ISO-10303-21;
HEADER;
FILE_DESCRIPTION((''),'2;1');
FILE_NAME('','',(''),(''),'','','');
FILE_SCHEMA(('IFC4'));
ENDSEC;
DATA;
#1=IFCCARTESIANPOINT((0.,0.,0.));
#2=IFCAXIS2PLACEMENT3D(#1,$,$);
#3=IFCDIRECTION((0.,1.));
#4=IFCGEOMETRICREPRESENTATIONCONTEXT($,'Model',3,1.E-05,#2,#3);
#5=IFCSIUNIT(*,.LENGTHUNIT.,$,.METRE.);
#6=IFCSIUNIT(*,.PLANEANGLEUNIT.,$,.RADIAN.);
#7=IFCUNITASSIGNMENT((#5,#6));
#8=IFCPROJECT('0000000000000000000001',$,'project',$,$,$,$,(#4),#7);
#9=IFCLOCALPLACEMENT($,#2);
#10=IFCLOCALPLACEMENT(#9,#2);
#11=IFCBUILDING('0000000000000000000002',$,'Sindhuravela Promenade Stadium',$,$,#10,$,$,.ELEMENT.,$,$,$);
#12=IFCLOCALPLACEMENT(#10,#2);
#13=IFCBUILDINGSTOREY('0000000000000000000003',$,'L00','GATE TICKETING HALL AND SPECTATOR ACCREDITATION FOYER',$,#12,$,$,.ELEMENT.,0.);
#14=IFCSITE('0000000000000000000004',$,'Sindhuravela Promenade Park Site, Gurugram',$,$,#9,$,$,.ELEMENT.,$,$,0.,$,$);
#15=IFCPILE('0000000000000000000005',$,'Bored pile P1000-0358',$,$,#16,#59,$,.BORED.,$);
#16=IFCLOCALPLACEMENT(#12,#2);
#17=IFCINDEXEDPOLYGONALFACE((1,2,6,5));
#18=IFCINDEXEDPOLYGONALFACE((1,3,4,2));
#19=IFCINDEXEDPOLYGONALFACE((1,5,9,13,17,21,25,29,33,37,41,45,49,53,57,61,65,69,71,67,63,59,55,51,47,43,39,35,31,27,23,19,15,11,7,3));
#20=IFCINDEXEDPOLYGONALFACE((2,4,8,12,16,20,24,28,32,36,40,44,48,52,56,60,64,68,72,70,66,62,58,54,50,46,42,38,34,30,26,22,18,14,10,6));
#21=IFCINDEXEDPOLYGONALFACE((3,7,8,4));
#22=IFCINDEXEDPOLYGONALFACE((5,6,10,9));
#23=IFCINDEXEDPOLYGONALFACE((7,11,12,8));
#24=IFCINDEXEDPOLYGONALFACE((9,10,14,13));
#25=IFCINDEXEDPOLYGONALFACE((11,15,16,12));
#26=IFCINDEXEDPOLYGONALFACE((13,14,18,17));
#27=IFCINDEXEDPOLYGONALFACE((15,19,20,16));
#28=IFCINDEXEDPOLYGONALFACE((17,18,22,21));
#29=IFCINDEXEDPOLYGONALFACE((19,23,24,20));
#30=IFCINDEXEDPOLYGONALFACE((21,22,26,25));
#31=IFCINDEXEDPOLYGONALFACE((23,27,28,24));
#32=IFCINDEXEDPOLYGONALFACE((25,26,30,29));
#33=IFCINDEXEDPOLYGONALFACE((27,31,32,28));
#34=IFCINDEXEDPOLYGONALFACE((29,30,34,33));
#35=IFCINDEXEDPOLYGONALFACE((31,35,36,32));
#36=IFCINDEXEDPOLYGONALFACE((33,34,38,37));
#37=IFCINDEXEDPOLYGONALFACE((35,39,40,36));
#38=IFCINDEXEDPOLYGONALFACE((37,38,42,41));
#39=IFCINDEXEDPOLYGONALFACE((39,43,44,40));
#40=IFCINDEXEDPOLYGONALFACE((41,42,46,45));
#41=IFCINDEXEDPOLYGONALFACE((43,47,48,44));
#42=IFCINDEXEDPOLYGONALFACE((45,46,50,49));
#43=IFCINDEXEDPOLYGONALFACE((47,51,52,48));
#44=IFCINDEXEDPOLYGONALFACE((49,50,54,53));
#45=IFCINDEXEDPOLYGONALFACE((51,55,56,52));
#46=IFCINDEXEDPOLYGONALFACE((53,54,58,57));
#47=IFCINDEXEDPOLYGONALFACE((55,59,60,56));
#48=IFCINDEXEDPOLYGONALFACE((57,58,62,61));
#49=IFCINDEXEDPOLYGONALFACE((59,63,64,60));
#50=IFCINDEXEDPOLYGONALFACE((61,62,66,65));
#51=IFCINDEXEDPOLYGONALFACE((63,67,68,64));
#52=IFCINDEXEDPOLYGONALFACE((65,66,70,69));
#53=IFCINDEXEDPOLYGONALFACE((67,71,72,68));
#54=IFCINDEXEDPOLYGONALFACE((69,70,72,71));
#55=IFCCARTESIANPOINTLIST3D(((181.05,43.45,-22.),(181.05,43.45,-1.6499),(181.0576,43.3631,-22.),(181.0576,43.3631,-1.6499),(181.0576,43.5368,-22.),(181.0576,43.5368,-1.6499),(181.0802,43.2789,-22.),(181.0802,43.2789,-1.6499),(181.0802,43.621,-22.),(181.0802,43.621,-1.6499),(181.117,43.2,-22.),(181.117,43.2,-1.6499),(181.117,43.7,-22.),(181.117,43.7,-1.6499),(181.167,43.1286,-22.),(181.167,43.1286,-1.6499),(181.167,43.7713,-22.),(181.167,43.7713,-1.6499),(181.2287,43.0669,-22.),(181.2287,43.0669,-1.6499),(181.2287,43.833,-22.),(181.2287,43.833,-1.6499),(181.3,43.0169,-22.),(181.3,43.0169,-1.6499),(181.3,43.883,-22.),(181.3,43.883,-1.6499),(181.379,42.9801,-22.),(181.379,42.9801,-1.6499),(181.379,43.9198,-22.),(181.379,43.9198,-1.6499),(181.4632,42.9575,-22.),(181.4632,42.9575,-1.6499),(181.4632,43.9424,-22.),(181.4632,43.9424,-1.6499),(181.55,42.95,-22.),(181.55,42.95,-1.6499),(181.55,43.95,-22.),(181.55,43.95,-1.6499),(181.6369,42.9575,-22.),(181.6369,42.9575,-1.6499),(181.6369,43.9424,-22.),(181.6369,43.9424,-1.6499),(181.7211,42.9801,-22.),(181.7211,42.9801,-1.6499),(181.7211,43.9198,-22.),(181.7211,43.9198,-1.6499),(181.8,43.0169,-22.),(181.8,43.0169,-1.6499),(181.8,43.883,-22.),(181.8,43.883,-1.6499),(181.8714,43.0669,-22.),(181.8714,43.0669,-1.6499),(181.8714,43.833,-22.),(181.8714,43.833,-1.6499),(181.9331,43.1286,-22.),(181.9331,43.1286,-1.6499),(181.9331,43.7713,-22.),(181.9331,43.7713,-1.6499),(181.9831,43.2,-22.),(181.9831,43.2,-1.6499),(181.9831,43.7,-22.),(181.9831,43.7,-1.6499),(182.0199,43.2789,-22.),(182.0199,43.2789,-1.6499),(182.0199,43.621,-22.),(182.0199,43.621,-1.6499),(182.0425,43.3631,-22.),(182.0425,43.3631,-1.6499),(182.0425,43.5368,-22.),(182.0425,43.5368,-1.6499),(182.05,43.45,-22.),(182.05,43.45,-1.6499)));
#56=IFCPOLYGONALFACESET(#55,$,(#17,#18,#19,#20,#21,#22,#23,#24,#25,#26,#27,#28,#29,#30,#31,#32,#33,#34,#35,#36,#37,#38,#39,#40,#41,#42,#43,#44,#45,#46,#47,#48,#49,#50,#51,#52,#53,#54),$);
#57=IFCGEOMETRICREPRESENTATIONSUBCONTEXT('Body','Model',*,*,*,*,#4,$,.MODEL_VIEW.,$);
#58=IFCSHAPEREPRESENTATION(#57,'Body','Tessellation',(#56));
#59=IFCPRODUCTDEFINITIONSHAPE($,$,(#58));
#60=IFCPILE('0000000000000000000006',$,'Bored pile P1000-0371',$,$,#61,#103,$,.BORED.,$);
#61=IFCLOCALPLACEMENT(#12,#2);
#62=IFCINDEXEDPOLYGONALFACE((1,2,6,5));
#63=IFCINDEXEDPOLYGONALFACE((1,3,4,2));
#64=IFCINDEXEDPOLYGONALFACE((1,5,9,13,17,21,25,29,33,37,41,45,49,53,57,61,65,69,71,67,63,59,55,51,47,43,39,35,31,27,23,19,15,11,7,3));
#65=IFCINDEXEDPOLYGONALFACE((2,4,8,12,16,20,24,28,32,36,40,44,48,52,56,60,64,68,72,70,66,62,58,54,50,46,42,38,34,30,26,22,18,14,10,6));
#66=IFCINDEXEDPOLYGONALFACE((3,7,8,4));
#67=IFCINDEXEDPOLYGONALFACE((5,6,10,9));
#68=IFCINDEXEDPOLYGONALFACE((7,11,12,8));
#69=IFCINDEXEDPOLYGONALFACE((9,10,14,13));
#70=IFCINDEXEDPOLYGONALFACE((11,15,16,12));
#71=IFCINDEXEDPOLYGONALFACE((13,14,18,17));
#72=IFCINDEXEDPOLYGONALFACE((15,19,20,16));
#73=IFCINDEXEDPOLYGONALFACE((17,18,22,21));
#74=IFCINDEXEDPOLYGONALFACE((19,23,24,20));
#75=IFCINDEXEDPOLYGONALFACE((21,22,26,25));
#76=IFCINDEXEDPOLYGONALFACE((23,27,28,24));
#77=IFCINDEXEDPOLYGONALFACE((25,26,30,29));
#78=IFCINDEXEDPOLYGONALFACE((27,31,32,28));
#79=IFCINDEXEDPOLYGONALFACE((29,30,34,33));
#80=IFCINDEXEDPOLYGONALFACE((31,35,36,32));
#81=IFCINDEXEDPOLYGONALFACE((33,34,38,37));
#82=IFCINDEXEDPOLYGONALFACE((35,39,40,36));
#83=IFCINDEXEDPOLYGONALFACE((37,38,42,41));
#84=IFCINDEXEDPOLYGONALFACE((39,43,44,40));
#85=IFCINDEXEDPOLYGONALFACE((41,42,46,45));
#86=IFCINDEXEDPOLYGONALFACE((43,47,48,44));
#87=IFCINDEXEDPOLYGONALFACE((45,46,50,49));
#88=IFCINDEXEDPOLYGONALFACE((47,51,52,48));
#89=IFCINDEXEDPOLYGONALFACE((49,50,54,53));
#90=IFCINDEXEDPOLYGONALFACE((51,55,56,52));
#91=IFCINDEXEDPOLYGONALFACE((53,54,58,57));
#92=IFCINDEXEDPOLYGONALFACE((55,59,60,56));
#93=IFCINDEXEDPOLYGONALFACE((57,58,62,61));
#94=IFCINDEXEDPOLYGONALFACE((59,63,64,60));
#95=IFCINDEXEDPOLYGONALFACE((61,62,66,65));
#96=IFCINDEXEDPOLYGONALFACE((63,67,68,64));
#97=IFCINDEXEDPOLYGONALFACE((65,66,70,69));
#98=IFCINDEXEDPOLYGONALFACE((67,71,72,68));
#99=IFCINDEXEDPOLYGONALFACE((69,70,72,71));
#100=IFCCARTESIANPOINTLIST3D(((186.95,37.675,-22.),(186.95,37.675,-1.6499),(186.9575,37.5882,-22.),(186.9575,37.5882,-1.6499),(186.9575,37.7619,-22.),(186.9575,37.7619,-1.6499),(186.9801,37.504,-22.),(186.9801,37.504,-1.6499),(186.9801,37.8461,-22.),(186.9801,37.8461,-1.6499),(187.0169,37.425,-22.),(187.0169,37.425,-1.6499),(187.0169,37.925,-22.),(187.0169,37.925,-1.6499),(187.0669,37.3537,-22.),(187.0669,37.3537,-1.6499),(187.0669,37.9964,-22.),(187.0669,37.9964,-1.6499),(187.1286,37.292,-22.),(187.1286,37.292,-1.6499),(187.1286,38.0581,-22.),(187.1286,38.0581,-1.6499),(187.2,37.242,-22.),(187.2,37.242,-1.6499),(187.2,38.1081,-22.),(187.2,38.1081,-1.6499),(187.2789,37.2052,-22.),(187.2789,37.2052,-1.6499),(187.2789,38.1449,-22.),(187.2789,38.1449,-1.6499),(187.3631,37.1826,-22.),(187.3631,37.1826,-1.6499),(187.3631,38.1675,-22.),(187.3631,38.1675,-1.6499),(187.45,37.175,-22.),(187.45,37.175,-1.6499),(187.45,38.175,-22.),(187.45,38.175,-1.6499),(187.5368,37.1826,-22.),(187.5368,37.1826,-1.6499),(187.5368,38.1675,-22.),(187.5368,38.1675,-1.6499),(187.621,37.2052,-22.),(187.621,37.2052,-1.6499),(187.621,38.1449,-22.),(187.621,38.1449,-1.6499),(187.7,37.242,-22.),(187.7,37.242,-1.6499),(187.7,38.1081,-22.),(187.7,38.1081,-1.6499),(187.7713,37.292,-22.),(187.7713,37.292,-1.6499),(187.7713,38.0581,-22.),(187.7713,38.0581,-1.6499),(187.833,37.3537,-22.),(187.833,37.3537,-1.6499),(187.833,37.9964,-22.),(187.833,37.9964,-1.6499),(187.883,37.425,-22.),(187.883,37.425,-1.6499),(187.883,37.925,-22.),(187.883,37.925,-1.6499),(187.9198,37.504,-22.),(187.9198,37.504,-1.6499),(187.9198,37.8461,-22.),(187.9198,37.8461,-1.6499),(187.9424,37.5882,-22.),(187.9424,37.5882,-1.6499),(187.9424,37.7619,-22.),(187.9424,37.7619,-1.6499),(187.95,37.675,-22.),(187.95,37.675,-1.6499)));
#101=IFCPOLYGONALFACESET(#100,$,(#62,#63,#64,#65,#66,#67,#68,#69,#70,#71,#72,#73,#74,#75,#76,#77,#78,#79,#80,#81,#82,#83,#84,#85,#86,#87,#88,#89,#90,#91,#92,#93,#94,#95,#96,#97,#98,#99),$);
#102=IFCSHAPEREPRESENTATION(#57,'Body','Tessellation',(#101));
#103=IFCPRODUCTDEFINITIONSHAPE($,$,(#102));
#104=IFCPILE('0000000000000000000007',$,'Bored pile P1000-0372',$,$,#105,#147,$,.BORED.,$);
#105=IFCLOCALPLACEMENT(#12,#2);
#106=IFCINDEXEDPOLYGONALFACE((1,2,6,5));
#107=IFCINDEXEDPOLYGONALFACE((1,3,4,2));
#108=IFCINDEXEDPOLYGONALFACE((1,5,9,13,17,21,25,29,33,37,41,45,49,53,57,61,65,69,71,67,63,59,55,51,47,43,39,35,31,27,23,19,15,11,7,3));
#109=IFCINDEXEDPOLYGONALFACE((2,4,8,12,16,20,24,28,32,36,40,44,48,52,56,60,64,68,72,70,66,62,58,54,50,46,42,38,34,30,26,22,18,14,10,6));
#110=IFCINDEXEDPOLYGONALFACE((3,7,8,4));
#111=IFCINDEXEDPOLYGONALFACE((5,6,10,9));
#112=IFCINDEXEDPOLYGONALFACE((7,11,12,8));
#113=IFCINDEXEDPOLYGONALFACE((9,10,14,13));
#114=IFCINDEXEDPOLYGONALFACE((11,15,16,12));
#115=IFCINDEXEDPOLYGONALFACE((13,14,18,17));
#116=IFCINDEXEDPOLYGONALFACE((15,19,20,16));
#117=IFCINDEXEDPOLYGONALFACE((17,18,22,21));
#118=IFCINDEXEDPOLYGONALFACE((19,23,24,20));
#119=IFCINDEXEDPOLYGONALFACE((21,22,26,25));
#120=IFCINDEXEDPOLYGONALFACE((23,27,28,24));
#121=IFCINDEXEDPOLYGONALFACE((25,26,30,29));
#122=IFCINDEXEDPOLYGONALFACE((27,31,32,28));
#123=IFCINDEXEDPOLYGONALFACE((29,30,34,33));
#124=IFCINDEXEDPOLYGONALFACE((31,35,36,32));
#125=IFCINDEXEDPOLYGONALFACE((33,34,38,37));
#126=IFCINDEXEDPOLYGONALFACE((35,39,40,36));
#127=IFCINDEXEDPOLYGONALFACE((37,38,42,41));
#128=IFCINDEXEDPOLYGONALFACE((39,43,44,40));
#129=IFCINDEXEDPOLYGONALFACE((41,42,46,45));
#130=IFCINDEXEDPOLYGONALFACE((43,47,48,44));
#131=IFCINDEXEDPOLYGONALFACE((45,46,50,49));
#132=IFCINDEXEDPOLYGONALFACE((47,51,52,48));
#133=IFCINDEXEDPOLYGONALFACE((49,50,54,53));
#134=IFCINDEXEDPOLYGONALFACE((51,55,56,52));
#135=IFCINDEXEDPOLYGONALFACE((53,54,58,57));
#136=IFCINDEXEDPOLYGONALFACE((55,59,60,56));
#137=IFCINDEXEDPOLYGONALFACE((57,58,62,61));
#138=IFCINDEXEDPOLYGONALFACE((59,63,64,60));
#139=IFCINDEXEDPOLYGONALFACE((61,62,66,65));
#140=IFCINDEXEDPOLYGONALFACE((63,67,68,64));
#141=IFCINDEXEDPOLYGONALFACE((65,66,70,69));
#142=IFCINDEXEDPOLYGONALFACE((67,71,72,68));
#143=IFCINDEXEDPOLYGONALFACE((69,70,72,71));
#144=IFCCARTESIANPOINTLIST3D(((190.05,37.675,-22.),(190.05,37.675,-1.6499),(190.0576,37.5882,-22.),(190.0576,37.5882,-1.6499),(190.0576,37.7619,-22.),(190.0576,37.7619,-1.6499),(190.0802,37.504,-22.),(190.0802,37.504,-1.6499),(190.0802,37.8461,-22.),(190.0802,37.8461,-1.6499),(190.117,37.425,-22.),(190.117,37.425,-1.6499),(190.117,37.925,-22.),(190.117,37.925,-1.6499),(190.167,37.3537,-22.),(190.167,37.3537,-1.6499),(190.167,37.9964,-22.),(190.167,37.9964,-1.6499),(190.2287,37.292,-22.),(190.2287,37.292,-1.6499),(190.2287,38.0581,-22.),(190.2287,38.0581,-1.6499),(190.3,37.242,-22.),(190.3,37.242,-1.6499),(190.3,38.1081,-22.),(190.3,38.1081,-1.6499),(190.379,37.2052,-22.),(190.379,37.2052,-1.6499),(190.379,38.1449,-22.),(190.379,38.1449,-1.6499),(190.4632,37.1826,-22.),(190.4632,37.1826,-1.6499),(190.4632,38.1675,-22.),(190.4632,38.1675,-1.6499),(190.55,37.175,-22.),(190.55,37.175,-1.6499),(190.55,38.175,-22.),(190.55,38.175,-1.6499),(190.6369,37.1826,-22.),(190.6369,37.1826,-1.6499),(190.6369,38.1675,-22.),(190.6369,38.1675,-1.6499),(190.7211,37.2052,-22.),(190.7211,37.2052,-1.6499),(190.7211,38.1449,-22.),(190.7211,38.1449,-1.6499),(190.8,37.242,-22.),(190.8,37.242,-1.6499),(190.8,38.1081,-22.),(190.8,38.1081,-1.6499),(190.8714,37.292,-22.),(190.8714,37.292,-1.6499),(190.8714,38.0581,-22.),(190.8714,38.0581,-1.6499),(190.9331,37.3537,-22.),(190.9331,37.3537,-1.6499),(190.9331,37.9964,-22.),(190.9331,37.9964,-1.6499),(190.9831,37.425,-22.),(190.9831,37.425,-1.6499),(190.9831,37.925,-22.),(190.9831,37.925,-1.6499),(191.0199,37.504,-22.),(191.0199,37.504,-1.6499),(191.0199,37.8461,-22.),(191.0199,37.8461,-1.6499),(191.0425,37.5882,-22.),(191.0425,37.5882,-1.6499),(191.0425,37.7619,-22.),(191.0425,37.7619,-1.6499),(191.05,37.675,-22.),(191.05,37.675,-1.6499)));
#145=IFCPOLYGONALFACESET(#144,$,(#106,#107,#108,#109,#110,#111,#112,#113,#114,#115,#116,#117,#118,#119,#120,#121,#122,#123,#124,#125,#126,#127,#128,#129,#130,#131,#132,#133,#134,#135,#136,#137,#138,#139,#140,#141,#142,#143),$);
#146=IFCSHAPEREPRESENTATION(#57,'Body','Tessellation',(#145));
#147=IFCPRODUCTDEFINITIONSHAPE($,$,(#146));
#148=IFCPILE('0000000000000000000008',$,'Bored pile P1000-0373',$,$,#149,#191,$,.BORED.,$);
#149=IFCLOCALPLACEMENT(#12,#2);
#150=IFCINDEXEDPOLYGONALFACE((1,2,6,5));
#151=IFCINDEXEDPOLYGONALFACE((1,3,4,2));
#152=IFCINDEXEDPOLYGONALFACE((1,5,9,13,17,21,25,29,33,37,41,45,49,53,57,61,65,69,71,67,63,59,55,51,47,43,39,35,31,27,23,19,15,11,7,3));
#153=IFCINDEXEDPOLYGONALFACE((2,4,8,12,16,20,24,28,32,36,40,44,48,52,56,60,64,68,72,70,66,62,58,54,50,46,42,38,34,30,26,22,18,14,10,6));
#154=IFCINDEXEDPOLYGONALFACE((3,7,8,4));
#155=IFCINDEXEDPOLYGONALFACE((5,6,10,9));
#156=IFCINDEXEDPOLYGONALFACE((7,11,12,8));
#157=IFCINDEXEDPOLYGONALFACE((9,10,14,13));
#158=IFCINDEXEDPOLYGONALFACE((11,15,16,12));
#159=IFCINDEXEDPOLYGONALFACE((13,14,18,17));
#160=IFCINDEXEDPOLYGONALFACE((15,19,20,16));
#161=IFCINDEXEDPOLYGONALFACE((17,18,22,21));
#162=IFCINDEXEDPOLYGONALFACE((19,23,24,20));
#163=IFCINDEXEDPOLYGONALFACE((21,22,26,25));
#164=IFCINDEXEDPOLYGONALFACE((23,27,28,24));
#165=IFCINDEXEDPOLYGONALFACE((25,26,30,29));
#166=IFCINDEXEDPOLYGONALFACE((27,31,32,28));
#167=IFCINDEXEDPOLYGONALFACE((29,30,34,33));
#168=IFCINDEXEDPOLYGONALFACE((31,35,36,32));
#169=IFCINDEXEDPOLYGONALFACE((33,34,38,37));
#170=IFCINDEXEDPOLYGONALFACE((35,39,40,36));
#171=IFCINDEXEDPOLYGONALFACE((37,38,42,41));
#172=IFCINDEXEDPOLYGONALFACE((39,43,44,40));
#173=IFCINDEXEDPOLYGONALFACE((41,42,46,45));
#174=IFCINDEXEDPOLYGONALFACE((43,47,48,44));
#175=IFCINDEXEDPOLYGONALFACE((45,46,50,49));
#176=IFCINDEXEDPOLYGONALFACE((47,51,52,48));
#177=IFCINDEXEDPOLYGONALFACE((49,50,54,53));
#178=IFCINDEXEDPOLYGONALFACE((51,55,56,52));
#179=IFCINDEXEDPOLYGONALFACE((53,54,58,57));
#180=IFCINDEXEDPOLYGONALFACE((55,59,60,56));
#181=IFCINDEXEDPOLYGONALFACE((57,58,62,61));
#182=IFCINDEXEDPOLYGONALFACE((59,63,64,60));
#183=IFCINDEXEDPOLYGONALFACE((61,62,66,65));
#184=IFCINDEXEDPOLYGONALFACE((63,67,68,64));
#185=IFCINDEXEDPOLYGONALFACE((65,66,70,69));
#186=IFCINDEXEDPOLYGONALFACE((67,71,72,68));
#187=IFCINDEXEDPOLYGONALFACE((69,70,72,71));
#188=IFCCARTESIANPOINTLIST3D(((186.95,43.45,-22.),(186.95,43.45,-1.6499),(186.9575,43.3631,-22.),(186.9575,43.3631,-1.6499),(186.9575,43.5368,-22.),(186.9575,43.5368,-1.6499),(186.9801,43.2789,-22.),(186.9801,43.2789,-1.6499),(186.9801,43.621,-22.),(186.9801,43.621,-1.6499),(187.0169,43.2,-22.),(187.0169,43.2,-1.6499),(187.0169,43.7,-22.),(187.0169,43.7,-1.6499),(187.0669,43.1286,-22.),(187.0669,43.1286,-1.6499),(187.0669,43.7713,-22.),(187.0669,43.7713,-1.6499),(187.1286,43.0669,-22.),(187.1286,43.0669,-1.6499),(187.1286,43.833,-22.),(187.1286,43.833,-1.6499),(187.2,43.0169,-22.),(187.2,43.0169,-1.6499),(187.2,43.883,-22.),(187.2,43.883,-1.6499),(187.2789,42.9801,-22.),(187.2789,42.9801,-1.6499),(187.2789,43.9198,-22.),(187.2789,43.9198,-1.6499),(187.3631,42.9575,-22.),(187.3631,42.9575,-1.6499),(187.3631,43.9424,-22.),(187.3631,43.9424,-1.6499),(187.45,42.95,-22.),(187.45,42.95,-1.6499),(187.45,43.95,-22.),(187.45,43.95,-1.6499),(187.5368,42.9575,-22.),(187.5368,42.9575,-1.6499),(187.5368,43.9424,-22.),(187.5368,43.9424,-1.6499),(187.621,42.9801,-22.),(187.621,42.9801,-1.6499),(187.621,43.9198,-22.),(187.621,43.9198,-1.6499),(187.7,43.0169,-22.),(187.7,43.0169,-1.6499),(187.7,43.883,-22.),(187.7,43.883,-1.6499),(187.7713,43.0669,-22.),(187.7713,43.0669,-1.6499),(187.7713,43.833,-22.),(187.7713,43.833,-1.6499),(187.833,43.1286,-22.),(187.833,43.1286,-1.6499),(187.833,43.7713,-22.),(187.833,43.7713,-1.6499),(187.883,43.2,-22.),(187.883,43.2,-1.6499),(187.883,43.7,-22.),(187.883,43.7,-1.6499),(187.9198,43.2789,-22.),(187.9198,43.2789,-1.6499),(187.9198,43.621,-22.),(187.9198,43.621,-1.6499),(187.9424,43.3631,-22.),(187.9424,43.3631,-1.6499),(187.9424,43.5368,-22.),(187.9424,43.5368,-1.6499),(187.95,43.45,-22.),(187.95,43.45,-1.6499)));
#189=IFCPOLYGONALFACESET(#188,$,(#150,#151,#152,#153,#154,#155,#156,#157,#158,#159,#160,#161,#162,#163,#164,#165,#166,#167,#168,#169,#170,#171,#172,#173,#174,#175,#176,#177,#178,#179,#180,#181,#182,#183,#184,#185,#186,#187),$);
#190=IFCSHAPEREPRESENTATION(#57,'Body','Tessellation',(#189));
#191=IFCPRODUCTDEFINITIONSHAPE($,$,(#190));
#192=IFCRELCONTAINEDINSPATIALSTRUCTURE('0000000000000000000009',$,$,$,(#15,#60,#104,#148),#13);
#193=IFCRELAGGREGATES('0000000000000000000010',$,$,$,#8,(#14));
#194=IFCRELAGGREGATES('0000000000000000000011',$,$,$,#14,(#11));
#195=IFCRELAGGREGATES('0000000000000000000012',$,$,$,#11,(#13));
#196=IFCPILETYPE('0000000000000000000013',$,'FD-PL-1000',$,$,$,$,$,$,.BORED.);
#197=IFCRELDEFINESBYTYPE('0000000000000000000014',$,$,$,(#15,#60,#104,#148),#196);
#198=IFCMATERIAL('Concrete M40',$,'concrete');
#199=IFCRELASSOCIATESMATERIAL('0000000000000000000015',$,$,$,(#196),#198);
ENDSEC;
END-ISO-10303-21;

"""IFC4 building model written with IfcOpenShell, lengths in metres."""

from ifc_helpers import new_model, si_unit, direction, frame, origin, origin_2d, place, context, subcontext, project, spatial, circle, extrude, material, material_profile, profile_set, type_object, element, save


model = new_model("IFC4")

# Units and contexts
model_context = context("Model", 3, precision=1e-05, world=origin(), true_north=direction((0.0, 1.0)))
body_context = subcontext(model_context, "Body", "Model", "MODEL_VIEW")
ifc_project = project(units=[si_unit("LENGTHUNIT", "METRE"), si_unit("PLANEANGLEUNIT", "RADIAN")], contexts=[model_context])

# Site, building, storey
site_placement = place(None, origin())
site = spatial("IfcSite", under=ifc_project, at=site_placement, Name="Sindhuravela Promenade Park Site, Gurugram", CompositionType="ELEMENT", RefElevation=0.0)
building_placement = place(site_placement, origin())
building = spatial("IfcBuilding", under=site, at=building_placement, Name="Sindhuravela Promenade Stadium", CompositionType="ELEMENT")
storey_placement = place(building_placement, origin())
storey = spatial("IfcBuildingStorey", under=building, at=storey_placement, Name="L00", Description="GATE TICKETING HALL AND SPECTATOR ACCREDITATION FOYER", CompositionType="ELEMENT", Elevation=0.0)

# Piles
ifc_material_1 = material(Name="Concrete M40", Category="concrete")
ifc_material_profile_1 = material_profile(ifc_material_1, circle(Radius=0.5, at=origin_2d()), Name="BORED PILE D1000")
ifc_profile_set_1 = profile_set([ifc_material_profile_1], Name="Concrete M40")
pile_type = type_object("IfcPileType", Name="FD-PL-1000", PredefinedType="BORED", material=ifc_profile_set_1)
for number, where, z_axis, x_axis, name in (
    (1, (181.55, 43.45, -1.6499), (0.0, 0.0, -1.0), (1.0, 0.0, 0.0), "Bored pile P1000-0358"),
    (2, (187.45, 37.675, -1.6499), (0.0, 0.0, -1.0), (1.0, 0.0, 0.0), "Bored pile P1000-0371"),
    (3, (190.55, 37.675, -1.6499), (0.0, 0.0, -1.0), (1.0, 0.0, 0.0), "Bored pile P1000-0372"),
    (4, (187.45, 43.45, -1.6499), (0.0, 0.0, -1.0), (1.0, 0.0, 0.0), "Bored pile P1000-0373"),
):
    element("IfcPile", number, at=place(storey_placement, frame(where, z_axis=z_axis, x_axis=x_axis)), inside=storey, type_object=pile_type, Name=name, PredefinedType="BORED", context=body_context, shape_type="SweptSolid", body=[
        extrude(circle(Radius=0.5, at=origin_2d()), origin(), (0.0, 0.0, 1.0), 20.3501),
    ])

save(model, "model.ifc")
